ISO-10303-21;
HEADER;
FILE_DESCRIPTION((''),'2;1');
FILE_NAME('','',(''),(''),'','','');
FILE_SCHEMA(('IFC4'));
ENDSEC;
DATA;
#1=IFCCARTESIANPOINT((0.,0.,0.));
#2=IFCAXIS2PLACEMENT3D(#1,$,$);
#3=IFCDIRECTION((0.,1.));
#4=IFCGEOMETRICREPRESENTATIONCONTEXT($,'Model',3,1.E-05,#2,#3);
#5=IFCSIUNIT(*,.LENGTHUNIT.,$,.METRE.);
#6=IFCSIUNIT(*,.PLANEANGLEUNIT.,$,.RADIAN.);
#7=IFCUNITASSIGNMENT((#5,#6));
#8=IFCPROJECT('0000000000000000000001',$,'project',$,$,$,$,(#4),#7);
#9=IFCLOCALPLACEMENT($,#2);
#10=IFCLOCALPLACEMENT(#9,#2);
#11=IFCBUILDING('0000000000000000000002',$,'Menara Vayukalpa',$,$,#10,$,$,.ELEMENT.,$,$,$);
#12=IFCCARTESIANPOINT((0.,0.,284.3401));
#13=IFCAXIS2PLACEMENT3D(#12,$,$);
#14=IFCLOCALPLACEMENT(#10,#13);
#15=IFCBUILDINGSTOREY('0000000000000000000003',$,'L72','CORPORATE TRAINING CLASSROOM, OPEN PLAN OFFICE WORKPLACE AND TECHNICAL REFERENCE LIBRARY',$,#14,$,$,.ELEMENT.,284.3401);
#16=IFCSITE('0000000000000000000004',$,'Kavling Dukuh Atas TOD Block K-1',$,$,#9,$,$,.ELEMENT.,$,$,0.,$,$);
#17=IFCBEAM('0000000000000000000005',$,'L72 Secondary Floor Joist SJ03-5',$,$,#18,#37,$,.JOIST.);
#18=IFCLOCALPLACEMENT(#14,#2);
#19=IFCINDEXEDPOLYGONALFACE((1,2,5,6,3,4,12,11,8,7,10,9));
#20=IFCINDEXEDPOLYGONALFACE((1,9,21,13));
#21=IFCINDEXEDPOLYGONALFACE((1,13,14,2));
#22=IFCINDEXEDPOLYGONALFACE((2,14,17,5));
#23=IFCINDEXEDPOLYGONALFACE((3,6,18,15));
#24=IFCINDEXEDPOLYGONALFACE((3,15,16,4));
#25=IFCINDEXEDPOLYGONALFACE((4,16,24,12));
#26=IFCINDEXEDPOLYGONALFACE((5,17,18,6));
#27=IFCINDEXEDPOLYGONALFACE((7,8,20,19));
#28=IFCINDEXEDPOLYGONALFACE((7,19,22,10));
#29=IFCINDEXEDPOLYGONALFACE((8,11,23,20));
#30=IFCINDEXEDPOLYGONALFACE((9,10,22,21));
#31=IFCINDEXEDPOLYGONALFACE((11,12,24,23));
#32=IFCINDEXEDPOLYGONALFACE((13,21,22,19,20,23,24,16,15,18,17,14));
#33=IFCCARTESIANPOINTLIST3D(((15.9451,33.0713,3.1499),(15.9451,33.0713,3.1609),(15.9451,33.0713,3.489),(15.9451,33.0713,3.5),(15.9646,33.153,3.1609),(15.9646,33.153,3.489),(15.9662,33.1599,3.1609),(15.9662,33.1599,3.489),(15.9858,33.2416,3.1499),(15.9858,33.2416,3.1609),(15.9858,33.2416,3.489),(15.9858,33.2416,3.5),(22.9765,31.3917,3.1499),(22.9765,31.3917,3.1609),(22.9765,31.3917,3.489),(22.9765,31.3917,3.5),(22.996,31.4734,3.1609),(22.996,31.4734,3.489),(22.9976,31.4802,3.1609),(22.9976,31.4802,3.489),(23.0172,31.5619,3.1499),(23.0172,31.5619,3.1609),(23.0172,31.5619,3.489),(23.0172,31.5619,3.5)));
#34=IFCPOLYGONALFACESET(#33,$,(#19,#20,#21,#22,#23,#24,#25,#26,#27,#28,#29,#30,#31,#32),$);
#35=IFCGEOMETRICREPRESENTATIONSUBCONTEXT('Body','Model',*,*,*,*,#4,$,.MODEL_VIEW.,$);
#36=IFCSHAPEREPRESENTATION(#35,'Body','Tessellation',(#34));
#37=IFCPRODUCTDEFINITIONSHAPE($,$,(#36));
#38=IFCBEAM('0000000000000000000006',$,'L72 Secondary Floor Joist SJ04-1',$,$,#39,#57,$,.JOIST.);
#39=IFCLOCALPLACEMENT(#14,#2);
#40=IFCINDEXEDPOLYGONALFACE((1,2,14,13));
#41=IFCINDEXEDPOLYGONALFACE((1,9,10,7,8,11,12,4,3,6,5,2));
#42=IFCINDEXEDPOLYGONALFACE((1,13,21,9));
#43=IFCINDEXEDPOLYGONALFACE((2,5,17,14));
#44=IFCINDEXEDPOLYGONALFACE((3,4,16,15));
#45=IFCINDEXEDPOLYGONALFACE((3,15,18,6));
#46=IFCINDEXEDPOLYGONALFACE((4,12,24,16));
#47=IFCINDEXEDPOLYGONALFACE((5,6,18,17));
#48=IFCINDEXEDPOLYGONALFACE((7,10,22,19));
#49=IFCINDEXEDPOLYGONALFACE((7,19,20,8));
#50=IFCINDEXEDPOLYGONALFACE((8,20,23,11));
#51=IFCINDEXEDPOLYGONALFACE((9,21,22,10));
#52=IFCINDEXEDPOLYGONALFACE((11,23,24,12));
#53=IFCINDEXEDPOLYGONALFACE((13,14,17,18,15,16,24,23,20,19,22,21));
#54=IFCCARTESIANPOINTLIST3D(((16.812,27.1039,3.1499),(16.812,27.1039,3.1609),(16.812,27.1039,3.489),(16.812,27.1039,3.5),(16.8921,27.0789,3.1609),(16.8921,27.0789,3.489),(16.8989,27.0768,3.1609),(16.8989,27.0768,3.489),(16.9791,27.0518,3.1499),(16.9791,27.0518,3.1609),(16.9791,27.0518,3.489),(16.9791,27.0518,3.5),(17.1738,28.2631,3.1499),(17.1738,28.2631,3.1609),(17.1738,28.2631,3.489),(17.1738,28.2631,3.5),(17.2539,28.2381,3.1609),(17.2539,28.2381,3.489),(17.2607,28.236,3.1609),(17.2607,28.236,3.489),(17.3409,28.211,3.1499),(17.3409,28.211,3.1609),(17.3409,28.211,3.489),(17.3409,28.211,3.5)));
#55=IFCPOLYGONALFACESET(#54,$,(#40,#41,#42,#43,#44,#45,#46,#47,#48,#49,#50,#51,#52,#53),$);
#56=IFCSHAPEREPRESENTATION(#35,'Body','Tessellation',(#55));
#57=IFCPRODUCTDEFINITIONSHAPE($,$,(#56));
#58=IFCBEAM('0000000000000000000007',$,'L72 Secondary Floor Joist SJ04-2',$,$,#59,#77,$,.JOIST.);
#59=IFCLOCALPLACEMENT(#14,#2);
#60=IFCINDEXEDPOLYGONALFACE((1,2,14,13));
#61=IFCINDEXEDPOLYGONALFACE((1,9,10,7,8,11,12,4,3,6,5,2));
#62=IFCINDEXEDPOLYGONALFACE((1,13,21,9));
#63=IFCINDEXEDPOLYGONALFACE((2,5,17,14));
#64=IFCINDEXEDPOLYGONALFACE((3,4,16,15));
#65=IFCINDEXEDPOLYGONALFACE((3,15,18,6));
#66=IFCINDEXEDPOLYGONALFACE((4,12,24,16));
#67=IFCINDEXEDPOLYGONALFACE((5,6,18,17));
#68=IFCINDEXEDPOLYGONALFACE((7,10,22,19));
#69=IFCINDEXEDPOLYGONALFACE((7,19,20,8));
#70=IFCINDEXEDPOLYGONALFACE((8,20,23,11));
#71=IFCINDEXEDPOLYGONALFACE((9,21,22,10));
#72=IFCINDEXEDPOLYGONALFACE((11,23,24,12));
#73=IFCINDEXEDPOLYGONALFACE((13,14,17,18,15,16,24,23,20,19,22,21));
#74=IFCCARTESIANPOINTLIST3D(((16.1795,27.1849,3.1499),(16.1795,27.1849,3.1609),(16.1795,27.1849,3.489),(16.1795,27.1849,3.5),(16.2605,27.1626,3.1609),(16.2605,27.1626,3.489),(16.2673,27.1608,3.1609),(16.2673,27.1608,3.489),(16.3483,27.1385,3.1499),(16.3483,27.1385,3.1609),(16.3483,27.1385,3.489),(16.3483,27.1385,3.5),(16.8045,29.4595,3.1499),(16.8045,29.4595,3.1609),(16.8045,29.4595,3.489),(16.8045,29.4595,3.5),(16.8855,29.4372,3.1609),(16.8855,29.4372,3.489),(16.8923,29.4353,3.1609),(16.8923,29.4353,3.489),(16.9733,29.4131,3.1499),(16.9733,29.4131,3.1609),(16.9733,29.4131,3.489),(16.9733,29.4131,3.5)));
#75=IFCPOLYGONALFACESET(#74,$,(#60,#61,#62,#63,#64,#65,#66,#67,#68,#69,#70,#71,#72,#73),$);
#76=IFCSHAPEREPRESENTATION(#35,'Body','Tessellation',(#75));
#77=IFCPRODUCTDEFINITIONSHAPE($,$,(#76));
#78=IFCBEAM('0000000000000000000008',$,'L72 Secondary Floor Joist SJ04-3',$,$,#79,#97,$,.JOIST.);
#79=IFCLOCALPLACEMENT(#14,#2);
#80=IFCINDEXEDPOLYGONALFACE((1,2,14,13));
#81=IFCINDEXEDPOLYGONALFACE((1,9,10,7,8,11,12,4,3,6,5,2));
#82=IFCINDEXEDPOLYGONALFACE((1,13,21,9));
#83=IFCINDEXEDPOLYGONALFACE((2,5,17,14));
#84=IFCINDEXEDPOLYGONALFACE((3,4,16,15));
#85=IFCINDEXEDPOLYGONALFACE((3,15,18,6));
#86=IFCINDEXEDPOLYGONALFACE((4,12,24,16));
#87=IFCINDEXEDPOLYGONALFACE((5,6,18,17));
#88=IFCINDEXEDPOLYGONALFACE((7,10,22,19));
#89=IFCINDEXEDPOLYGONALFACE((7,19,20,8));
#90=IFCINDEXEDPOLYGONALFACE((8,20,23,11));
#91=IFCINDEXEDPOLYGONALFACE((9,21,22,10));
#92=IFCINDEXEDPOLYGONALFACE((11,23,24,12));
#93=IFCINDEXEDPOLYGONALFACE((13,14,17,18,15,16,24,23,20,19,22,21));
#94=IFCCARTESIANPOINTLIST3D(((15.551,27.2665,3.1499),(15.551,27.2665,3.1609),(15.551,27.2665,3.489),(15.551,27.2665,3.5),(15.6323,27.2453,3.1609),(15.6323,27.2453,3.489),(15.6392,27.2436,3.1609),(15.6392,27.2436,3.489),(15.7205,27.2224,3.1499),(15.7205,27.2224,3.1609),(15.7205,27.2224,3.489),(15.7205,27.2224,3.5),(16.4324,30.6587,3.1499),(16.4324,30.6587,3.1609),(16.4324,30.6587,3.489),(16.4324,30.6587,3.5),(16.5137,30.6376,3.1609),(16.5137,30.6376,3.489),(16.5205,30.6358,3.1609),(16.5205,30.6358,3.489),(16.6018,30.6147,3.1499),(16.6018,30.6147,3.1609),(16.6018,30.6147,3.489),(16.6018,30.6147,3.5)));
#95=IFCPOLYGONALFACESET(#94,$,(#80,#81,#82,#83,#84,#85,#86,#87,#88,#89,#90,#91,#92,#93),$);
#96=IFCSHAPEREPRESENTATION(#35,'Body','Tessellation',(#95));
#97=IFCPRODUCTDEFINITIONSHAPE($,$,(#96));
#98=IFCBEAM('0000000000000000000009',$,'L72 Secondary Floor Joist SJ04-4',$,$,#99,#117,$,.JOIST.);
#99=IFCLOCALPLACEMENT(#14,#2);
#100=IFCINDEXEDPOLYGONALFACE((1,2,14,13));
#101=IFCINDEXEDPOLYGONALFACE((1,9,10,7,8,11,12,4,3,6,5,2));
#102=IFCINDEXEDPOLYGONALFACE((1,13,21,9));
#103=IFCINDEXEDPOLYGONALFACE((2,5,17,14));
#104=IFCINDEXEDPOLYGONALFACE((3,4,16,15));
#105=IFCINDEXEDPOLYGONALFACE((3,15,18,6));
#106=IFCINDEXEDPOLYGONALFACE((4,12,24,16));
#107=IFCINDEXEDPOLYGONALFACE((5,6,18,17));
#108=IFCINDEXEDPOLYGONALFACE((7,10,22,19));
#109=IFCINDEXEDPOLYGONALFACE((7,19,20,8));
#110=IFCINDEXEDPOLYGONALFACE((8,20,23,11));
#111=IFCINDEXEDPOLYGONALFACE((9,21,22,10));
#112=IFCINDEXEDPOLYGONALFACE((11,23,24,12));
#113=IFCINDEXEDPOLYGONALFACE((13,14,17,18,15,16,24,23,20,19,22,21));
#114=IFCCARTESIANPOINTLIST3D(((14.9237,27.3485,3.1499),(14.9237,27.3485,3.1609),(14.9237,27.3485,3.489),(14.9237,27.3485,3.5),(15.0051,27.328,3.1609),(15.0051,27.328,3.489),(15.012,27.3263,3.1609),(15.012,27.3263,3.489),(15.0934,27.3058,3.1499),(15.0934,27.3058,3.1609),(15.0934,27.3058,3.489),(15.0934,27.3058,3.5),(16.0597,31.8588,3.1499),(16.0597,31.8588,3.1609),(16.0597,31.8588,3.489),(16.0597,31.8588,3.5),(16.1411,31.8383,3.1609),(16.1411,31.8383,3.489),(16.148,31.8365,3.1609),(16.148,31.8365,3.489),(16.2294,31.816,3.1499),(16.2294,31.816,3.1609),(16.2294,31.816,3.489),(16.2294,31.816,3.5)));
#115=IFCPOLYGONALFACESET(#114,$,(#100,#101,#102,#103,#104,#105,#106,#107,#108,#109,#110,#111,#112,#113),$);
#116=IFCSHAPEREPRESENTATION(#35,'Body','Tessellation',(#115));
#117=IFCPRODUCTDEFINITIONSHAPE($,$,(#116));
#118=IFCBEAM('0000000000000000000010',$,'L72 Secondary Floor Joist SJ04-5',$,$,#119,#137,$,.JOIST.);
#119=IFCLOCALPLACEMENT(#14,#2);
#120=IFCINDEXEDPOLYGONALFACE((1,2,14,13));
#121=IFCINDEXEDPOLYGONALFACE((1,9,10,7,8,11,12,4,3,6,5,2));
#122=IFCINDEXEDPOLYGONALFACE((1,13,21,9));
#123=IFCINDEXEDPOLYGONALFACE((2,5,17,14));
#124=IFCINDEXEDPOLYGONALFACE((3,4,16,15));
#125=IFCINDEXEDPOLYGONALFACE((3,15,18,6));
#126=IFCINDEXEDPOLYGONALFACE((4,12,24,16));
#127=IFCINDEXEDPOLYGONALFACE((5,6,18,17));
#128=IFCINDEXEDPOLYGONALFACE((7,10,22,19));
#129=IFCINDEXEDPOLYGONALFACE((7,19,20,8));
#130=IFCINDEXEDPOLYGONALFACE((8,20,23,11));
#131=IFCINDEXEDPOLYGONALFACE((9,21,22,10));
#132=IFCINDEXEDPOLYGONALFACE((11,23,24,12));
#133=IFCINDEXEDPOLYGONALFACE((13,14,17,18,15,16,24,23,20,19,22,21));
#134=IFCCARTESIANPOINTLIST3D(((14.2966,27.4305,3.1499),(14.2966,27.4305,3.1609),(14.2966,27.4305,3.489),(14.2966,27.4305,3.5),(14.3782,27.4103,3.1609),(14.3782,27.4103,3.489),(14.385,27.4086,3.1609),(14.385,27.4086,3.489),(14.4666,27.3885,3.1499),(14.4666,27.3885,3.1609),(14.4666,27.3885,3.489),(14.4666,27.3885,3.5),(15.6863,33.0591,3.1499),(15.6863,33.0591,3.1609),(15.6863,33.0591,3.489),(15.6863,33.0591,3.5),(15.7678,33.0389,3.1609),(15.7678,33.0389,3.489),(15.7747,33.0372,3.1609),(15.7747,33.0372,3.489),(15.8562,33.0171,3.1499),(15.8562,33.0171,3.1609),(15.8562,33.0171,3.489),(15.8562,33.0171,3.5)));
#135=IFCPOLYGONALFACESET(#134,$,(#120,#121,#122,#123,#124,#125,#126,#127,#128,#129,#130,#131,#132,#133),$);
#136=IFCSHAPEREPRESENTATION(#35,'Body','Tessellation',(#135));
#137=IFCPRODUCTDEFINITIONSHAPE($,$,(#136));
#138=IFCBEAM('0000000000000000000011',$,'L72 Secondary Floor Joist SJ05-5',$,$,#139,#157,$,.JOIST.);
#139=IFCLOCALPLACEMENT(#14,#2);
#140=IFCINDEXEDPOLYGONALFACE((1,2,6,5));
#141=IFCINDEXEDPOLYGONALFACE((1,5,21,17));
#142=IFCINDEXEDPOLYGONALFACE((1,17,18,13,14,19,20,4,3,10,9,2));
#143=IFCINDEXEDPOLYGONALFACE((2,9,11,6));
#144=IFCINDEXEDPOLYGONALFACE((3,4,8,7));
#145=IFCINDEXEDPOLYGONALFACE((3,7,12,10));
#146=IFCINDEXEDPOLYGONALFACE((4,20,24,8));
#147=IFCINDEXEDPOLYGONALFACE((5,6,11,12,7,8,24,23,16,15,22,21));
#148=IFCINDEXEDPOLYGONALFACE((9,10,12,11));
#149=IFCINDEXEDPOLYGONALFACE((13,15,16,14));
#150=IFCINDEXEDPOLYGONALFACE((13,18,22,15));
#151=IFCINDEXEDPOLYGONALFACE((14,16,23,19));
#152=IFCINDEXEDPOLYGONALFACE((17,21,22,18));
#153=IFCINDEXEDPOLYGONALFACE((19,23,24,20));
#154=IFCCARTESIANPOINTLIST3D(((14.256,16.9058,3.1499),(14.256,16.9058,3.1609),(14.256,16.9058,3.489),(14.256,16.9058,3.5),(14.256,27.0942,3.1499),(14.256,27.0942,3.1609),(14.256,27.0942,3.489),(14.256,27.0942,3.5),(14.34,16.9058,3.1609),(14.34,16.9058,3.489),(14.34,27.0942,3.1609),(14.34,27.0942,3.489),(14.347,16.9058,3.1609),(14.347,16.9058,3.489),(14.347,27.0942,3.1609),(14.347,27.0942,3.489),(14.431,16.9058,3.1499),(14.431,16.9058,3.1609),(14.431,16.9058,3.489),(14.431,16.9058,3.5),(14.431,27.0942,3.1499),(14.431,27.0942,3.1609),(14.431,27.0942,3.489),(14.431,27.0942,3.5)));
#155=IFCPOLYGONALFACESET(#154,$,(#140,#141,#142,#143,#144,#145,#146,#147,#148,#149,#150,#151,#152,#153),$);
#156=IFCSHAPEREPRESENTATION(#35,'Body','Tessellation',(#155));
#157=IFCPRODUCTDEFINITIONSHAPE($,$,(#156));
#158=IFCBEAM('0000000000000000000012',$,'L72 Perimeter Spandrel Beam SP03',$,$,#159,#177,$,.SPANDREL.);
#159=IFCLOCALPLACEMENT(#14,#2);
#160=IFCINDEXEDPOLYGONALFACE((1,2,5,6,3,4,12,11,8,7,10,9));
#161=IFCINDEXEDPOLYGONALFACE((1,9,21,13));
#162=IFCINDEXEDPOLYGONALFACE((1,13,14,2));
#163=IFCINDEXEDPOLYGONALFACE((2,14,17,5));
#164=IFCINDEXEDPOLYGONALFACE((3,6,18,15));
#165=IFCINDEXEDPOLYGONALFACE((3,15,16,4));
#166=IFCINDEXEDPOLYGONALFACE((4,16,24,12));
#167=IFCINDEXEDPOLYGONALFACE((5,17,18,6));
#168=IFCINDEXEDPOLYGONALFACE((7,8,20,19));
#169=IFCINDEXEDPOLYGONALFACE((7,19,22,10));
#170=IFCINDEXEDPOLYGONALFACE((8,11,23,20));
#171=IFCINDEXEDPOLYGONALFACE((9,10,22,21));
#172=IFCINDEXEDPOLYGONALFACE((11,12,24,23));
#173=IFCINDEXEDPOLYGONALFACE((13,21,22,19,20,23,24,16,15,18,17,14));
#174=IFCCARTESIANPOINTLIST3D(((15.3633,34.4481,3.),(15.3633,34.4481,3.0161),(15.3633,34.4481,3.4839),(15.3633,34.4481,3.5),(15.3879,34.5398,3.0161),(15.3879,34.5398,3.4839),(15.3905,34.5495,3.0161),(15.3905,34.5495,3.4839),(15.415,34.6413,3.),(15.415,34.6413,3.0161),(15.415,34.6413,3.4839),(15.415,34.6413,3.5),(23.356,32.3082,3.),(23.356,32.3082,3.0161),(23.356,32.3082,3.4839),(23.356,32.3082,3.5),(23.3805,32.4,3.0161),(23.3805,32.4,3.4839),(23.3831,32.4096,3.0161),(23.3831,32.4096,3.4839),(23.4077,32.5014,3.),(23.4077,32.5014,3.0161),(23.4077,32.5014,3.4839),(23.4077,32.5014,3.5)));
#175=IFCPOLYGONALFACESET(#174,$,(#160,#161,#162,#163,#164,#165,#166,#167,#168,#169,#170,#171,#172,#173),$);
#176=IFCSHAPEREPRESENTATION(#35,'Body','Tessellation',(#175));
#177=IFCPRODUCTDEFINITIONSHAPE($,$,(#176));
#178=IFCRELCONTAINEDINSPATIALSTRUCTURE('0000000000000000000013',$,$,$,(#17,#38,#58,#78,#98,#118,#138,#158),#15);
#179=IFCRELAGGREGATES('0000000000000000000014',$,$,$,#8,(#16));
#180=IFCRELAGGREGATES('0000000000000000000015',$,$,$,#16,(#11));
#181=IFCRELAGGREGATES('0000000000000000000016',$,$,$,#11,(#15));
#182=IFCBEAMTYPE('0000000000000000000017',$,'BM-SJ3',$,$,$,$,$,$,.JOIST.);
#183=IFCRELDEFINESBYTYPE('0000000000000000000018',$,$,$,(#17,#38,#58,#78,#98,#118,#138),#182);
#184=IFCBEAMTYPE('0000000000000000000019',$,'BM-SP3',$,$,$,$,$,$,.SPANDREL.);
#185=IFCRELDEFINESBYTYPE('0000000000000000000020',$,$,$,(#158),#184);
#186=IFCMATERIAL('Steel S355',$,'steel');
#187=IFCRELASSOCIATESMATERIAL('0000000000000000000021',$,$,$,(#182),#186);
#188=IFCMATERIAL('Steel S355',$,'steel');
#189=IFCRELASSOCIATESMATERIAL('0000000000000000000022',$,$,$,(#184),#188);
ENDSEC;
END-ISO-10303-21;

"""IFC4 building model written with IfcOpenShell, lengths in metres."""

from ifc_helpers import new_model, si_unit, direction, frame, origin, origin_2d, place, context, subcontext, project, spatial, i_section, extrude, material, material_profile, profile_set, type_object, element, save


model = new_model("IFC4")

# Units and contexts
model_context = context("Model", 3, precision=1e-05, world=origin(), true_north=direction((0.0, 1.0)))
body_context = subcontext(model_context, "Body", "Model", "MODEL_VIEW")
ifc_project = project(units=[si_unit("LENGTHUNIT", "METRE"), si_unit("PLANEANGLEUNIT", "RADIAN")], contexts=[model_context])

# Site, building, storey
site_placement = place(None, origin())
site = spatial("IfcSite", under=ifc_project, at=site_placement, Name="Kavling Dukuh Atas TOD Block K-1", CompositionType="ELEMENT", RefElevation=0.0)
building_placement = place(site_placement, origin())
building = spatial("IfcBuilding", under=site, at=building_placement, Name="Menara Vayukalpa", CompositionType="ELEMENT")
storey_placement = place(building_placement, frame((0.0, 0.0, 284.3401)))
storey = spatial("IfcBuildingStorey", under=building, at=storey_placement, Name="L72", Description="CORPORATE TRAINING CLASSROOM, OPEN PLAN OFFICE WORKPLACE AND TECHNICAL REFERENCE LIBRARY", CompositionType="ELEMENT", Elevation=284.3401)

# Beams
ifc_material_1 = material(Name="Steel S355", Category="steel")
ifc_material_profile_1 = material_profile(ifc_material_1, i_section(OverallWidth=0.175, OverallDepth=0.3501, WebThickness=0.0071, FlangeThickness=0.011, at=origin_2d()), Name="WF 350x175x7x11")
ifc_profile_set_1 = profile_set([ifc_material_profile_1], Name="Steel S355")
beam_type_1 = type_object("IfcBeamType", Name="BM-SJ3", PredefinedType="JOIST", material=ifc_profile_set_1)
beam_1_placement = place(storey_placement, frame((22.9968, 31.4768, 3.325), z_axis=(-0.972634, 0.232343, 0.0), x_axis=(-0.232343, -0.972634, 0.0)))
element("IfcBeam", 1, at=beam_1_placement, inside=storey, type_object=beam_type_1, Name="L72 Secondary Floor Joist SJ03-5", PredefinedType="JOIST", context=body_context, shape_type="SweptSolid", body=[
    extrude(i_section(OverallWidth=0.175, OverallDepth=0.3501, WebThickness=0.0071, FlangeThickness=0.011, at=origin_2d()), origin(), (0.0, 0.0, 1.0), 7.2292),
])
beam_2_placement = place(storey_placement, frame((17.2573, 28.2371, 3.325), z_axis=(-0.297954, -0.95458, 0.0), x_axis=(0.95458, -0.297954, 0.0)))
element("IfcBeam", 2, at=beam_2_placement, inside=storey, type_object=beam_type_1, Name="L72 Secondary Floor Joist SJ04-1", PredefinedType="JOIST", context=body_context, shape_type="SweptSolid", body=[
    extrude(i_section(OverallWidth=0.175, OverallDepth=0.3501, WebThickness=0.0071, FlangeThickness=0.011, at=origin_2d()), origin(), (0.0, 0.0, 1.0), 1.2144),
])
beam_3_placement = place(storey_placement, frame((16.8889, 29.4363, 3.325), z_axis=(-0.264947, -0.964263, 0.0), x_axis=(0.964263, -0.264947, 0.0)))
element("IfcBeam", 3, at=beam_3_placement, inside=storey, type_object=beam_type_1, Name="L72 Secondary Floor Joist SJ04-2", PredefinedType="JOIST", context=body_context, shape_type="SweptSolid", body=[
    extrude(i_section(OverallWidth=0.175, OverallDepth=0.3501, WebThickness=0.0071, FlangeThickness=0.011, at=origin_2d()), origin(), (0.0, 0.0, 1.0), 2.3589),
])
beam_4_placement = place(storey_placement, frame((16.5171, 30.6367, 3.325), z_axis=(-0.251458, -0.967868, 0.0), x_axis=(0.967868, -0.251458, 0.0)))
element("IfcBeam", 4, at=beam_4_placement, inside=storey, type_object=beam_type_1, Name="L72 Secondary Floor Joist SJ04-3", PredefinedType="JOIST", context=body_context, shape_type="SweptSolid", body=[
    extrude(i_section(OverallWidth=0.175, OverallDepth=0.3501, WebThickness=0.0071, FlangeThickness=0.011, at=origin_2d()), origin(), (0.0, 0.0, 1.0), 3.5049),
])
beam_5_placement = place(storey_placement, frame((16.1445, 31.8374, 3.325), z_axis=(-0.24424, -0.969715, 0.0), x_axis=(0.969715, -0.24424, 0.0)))
element("IfcBeam", 5, at=beam_5_placement, inside=storey, type_object=beam_type_1, Name="L72 Secondary Floor Joist SJ04-4", PredefinedType="JOIST", context=body_context, shape_type="SweptSolid", body=[
    extrude(i_section(OverallWidth=0.175, OverallDepth=0.3501, WebThickness=0.0071, FlangeThickness=0.011, at=origin_2d()), origin(), (0.0, 0.0, 1.0), 4.6511),
])
beam_6_placement = place(storey_placement, frame((15.7712, 33.0381, 3.325), z_axis=(-0.239691, -0.970849, 0.0), x_axis=(0.970849, -0.239691, 0.0)))
element("IfcBeam", 6, at=beam_6_placement, inside=storey, type_object=beam_type_1, Name="L72 Secondary Floor Joist SJ04-5", PredefinedType="JOIST", context=body_context, shape_type="SweptSolid", body=[
    extrude(i_section(OverallWidth=0.175, OverallDepth=0.3501, WebThickness=0.0071, FlangeThickness=0.011, at=origin_2d()), origin(), (0.0, 0.0, 1.0), 5.7976),
])
beam_7_placement = place(storey_placement, frame((14.3435, 27.0942, 3.325), z_axis=(0.0, -1.0, 0.0), x_axis=(1.0, 0.0, 0.0)))
element("IfcBeam", 7, at=beam_7_placement, inside=storey, type_object=beam_type_1, Name="L72 Secondary Floor Joist SJ05-5", PredefinedType="JOIST", context=body_context, shape_type="SweptSolid", body=[
    extrude(i_section(OverallWidth=0.175, OverallDepth=0.3501, WebThickness=0.0071, FlangeThickness=0.011, at=origin_2d()), origin(), (0.0, 0.0, 1.0), 10.1885),
])
ifc_material_2 = material(Name="Steel S355", Category="steel")
ifc_material_profile_2 = material_profile(ifc_material_2, i_section(OverallWidth=0.2, OverallDepth=0.5, WebThickness=0.01, FlangeThickness=0.0161, at=origin_2d()), Name="WF 500x200x10x16")
ifc_profile_set_2 = profile_set([ifc_material_profile_2], Name="Steel S355")
beam_type_2 = type_object("IfcBeamType", Name="BM-SP3", PredefinedType="SPANDREL", material=ifc_profile_set_2)
beam_8_placement = place(storey_placement, frame((23.3818, 32.4048, 3.25), z_axis=(-0.965978, 0.258623, 0.0), x_axis=(-0.258623, -0.965978, 0.0)))
element("IfcBeam", 8, at=beam_8_placement, inside=storey, type_object=beam_type_2, Name="L72 Perimeter Spandrel Beam SP03", PredefinedType="SPANDREL", context=body_context, shape_type="SweptSolid", body=[
    extrude(i_section(OverallWidth=0.2, OverallDepth=0.5, WebThickness=0.01, FlangeThickness=0.0161, at=origin_2d()), origin(), (0.0, 0.0, 1.0), 8.2742),
])

save(model, "model.ifc")
